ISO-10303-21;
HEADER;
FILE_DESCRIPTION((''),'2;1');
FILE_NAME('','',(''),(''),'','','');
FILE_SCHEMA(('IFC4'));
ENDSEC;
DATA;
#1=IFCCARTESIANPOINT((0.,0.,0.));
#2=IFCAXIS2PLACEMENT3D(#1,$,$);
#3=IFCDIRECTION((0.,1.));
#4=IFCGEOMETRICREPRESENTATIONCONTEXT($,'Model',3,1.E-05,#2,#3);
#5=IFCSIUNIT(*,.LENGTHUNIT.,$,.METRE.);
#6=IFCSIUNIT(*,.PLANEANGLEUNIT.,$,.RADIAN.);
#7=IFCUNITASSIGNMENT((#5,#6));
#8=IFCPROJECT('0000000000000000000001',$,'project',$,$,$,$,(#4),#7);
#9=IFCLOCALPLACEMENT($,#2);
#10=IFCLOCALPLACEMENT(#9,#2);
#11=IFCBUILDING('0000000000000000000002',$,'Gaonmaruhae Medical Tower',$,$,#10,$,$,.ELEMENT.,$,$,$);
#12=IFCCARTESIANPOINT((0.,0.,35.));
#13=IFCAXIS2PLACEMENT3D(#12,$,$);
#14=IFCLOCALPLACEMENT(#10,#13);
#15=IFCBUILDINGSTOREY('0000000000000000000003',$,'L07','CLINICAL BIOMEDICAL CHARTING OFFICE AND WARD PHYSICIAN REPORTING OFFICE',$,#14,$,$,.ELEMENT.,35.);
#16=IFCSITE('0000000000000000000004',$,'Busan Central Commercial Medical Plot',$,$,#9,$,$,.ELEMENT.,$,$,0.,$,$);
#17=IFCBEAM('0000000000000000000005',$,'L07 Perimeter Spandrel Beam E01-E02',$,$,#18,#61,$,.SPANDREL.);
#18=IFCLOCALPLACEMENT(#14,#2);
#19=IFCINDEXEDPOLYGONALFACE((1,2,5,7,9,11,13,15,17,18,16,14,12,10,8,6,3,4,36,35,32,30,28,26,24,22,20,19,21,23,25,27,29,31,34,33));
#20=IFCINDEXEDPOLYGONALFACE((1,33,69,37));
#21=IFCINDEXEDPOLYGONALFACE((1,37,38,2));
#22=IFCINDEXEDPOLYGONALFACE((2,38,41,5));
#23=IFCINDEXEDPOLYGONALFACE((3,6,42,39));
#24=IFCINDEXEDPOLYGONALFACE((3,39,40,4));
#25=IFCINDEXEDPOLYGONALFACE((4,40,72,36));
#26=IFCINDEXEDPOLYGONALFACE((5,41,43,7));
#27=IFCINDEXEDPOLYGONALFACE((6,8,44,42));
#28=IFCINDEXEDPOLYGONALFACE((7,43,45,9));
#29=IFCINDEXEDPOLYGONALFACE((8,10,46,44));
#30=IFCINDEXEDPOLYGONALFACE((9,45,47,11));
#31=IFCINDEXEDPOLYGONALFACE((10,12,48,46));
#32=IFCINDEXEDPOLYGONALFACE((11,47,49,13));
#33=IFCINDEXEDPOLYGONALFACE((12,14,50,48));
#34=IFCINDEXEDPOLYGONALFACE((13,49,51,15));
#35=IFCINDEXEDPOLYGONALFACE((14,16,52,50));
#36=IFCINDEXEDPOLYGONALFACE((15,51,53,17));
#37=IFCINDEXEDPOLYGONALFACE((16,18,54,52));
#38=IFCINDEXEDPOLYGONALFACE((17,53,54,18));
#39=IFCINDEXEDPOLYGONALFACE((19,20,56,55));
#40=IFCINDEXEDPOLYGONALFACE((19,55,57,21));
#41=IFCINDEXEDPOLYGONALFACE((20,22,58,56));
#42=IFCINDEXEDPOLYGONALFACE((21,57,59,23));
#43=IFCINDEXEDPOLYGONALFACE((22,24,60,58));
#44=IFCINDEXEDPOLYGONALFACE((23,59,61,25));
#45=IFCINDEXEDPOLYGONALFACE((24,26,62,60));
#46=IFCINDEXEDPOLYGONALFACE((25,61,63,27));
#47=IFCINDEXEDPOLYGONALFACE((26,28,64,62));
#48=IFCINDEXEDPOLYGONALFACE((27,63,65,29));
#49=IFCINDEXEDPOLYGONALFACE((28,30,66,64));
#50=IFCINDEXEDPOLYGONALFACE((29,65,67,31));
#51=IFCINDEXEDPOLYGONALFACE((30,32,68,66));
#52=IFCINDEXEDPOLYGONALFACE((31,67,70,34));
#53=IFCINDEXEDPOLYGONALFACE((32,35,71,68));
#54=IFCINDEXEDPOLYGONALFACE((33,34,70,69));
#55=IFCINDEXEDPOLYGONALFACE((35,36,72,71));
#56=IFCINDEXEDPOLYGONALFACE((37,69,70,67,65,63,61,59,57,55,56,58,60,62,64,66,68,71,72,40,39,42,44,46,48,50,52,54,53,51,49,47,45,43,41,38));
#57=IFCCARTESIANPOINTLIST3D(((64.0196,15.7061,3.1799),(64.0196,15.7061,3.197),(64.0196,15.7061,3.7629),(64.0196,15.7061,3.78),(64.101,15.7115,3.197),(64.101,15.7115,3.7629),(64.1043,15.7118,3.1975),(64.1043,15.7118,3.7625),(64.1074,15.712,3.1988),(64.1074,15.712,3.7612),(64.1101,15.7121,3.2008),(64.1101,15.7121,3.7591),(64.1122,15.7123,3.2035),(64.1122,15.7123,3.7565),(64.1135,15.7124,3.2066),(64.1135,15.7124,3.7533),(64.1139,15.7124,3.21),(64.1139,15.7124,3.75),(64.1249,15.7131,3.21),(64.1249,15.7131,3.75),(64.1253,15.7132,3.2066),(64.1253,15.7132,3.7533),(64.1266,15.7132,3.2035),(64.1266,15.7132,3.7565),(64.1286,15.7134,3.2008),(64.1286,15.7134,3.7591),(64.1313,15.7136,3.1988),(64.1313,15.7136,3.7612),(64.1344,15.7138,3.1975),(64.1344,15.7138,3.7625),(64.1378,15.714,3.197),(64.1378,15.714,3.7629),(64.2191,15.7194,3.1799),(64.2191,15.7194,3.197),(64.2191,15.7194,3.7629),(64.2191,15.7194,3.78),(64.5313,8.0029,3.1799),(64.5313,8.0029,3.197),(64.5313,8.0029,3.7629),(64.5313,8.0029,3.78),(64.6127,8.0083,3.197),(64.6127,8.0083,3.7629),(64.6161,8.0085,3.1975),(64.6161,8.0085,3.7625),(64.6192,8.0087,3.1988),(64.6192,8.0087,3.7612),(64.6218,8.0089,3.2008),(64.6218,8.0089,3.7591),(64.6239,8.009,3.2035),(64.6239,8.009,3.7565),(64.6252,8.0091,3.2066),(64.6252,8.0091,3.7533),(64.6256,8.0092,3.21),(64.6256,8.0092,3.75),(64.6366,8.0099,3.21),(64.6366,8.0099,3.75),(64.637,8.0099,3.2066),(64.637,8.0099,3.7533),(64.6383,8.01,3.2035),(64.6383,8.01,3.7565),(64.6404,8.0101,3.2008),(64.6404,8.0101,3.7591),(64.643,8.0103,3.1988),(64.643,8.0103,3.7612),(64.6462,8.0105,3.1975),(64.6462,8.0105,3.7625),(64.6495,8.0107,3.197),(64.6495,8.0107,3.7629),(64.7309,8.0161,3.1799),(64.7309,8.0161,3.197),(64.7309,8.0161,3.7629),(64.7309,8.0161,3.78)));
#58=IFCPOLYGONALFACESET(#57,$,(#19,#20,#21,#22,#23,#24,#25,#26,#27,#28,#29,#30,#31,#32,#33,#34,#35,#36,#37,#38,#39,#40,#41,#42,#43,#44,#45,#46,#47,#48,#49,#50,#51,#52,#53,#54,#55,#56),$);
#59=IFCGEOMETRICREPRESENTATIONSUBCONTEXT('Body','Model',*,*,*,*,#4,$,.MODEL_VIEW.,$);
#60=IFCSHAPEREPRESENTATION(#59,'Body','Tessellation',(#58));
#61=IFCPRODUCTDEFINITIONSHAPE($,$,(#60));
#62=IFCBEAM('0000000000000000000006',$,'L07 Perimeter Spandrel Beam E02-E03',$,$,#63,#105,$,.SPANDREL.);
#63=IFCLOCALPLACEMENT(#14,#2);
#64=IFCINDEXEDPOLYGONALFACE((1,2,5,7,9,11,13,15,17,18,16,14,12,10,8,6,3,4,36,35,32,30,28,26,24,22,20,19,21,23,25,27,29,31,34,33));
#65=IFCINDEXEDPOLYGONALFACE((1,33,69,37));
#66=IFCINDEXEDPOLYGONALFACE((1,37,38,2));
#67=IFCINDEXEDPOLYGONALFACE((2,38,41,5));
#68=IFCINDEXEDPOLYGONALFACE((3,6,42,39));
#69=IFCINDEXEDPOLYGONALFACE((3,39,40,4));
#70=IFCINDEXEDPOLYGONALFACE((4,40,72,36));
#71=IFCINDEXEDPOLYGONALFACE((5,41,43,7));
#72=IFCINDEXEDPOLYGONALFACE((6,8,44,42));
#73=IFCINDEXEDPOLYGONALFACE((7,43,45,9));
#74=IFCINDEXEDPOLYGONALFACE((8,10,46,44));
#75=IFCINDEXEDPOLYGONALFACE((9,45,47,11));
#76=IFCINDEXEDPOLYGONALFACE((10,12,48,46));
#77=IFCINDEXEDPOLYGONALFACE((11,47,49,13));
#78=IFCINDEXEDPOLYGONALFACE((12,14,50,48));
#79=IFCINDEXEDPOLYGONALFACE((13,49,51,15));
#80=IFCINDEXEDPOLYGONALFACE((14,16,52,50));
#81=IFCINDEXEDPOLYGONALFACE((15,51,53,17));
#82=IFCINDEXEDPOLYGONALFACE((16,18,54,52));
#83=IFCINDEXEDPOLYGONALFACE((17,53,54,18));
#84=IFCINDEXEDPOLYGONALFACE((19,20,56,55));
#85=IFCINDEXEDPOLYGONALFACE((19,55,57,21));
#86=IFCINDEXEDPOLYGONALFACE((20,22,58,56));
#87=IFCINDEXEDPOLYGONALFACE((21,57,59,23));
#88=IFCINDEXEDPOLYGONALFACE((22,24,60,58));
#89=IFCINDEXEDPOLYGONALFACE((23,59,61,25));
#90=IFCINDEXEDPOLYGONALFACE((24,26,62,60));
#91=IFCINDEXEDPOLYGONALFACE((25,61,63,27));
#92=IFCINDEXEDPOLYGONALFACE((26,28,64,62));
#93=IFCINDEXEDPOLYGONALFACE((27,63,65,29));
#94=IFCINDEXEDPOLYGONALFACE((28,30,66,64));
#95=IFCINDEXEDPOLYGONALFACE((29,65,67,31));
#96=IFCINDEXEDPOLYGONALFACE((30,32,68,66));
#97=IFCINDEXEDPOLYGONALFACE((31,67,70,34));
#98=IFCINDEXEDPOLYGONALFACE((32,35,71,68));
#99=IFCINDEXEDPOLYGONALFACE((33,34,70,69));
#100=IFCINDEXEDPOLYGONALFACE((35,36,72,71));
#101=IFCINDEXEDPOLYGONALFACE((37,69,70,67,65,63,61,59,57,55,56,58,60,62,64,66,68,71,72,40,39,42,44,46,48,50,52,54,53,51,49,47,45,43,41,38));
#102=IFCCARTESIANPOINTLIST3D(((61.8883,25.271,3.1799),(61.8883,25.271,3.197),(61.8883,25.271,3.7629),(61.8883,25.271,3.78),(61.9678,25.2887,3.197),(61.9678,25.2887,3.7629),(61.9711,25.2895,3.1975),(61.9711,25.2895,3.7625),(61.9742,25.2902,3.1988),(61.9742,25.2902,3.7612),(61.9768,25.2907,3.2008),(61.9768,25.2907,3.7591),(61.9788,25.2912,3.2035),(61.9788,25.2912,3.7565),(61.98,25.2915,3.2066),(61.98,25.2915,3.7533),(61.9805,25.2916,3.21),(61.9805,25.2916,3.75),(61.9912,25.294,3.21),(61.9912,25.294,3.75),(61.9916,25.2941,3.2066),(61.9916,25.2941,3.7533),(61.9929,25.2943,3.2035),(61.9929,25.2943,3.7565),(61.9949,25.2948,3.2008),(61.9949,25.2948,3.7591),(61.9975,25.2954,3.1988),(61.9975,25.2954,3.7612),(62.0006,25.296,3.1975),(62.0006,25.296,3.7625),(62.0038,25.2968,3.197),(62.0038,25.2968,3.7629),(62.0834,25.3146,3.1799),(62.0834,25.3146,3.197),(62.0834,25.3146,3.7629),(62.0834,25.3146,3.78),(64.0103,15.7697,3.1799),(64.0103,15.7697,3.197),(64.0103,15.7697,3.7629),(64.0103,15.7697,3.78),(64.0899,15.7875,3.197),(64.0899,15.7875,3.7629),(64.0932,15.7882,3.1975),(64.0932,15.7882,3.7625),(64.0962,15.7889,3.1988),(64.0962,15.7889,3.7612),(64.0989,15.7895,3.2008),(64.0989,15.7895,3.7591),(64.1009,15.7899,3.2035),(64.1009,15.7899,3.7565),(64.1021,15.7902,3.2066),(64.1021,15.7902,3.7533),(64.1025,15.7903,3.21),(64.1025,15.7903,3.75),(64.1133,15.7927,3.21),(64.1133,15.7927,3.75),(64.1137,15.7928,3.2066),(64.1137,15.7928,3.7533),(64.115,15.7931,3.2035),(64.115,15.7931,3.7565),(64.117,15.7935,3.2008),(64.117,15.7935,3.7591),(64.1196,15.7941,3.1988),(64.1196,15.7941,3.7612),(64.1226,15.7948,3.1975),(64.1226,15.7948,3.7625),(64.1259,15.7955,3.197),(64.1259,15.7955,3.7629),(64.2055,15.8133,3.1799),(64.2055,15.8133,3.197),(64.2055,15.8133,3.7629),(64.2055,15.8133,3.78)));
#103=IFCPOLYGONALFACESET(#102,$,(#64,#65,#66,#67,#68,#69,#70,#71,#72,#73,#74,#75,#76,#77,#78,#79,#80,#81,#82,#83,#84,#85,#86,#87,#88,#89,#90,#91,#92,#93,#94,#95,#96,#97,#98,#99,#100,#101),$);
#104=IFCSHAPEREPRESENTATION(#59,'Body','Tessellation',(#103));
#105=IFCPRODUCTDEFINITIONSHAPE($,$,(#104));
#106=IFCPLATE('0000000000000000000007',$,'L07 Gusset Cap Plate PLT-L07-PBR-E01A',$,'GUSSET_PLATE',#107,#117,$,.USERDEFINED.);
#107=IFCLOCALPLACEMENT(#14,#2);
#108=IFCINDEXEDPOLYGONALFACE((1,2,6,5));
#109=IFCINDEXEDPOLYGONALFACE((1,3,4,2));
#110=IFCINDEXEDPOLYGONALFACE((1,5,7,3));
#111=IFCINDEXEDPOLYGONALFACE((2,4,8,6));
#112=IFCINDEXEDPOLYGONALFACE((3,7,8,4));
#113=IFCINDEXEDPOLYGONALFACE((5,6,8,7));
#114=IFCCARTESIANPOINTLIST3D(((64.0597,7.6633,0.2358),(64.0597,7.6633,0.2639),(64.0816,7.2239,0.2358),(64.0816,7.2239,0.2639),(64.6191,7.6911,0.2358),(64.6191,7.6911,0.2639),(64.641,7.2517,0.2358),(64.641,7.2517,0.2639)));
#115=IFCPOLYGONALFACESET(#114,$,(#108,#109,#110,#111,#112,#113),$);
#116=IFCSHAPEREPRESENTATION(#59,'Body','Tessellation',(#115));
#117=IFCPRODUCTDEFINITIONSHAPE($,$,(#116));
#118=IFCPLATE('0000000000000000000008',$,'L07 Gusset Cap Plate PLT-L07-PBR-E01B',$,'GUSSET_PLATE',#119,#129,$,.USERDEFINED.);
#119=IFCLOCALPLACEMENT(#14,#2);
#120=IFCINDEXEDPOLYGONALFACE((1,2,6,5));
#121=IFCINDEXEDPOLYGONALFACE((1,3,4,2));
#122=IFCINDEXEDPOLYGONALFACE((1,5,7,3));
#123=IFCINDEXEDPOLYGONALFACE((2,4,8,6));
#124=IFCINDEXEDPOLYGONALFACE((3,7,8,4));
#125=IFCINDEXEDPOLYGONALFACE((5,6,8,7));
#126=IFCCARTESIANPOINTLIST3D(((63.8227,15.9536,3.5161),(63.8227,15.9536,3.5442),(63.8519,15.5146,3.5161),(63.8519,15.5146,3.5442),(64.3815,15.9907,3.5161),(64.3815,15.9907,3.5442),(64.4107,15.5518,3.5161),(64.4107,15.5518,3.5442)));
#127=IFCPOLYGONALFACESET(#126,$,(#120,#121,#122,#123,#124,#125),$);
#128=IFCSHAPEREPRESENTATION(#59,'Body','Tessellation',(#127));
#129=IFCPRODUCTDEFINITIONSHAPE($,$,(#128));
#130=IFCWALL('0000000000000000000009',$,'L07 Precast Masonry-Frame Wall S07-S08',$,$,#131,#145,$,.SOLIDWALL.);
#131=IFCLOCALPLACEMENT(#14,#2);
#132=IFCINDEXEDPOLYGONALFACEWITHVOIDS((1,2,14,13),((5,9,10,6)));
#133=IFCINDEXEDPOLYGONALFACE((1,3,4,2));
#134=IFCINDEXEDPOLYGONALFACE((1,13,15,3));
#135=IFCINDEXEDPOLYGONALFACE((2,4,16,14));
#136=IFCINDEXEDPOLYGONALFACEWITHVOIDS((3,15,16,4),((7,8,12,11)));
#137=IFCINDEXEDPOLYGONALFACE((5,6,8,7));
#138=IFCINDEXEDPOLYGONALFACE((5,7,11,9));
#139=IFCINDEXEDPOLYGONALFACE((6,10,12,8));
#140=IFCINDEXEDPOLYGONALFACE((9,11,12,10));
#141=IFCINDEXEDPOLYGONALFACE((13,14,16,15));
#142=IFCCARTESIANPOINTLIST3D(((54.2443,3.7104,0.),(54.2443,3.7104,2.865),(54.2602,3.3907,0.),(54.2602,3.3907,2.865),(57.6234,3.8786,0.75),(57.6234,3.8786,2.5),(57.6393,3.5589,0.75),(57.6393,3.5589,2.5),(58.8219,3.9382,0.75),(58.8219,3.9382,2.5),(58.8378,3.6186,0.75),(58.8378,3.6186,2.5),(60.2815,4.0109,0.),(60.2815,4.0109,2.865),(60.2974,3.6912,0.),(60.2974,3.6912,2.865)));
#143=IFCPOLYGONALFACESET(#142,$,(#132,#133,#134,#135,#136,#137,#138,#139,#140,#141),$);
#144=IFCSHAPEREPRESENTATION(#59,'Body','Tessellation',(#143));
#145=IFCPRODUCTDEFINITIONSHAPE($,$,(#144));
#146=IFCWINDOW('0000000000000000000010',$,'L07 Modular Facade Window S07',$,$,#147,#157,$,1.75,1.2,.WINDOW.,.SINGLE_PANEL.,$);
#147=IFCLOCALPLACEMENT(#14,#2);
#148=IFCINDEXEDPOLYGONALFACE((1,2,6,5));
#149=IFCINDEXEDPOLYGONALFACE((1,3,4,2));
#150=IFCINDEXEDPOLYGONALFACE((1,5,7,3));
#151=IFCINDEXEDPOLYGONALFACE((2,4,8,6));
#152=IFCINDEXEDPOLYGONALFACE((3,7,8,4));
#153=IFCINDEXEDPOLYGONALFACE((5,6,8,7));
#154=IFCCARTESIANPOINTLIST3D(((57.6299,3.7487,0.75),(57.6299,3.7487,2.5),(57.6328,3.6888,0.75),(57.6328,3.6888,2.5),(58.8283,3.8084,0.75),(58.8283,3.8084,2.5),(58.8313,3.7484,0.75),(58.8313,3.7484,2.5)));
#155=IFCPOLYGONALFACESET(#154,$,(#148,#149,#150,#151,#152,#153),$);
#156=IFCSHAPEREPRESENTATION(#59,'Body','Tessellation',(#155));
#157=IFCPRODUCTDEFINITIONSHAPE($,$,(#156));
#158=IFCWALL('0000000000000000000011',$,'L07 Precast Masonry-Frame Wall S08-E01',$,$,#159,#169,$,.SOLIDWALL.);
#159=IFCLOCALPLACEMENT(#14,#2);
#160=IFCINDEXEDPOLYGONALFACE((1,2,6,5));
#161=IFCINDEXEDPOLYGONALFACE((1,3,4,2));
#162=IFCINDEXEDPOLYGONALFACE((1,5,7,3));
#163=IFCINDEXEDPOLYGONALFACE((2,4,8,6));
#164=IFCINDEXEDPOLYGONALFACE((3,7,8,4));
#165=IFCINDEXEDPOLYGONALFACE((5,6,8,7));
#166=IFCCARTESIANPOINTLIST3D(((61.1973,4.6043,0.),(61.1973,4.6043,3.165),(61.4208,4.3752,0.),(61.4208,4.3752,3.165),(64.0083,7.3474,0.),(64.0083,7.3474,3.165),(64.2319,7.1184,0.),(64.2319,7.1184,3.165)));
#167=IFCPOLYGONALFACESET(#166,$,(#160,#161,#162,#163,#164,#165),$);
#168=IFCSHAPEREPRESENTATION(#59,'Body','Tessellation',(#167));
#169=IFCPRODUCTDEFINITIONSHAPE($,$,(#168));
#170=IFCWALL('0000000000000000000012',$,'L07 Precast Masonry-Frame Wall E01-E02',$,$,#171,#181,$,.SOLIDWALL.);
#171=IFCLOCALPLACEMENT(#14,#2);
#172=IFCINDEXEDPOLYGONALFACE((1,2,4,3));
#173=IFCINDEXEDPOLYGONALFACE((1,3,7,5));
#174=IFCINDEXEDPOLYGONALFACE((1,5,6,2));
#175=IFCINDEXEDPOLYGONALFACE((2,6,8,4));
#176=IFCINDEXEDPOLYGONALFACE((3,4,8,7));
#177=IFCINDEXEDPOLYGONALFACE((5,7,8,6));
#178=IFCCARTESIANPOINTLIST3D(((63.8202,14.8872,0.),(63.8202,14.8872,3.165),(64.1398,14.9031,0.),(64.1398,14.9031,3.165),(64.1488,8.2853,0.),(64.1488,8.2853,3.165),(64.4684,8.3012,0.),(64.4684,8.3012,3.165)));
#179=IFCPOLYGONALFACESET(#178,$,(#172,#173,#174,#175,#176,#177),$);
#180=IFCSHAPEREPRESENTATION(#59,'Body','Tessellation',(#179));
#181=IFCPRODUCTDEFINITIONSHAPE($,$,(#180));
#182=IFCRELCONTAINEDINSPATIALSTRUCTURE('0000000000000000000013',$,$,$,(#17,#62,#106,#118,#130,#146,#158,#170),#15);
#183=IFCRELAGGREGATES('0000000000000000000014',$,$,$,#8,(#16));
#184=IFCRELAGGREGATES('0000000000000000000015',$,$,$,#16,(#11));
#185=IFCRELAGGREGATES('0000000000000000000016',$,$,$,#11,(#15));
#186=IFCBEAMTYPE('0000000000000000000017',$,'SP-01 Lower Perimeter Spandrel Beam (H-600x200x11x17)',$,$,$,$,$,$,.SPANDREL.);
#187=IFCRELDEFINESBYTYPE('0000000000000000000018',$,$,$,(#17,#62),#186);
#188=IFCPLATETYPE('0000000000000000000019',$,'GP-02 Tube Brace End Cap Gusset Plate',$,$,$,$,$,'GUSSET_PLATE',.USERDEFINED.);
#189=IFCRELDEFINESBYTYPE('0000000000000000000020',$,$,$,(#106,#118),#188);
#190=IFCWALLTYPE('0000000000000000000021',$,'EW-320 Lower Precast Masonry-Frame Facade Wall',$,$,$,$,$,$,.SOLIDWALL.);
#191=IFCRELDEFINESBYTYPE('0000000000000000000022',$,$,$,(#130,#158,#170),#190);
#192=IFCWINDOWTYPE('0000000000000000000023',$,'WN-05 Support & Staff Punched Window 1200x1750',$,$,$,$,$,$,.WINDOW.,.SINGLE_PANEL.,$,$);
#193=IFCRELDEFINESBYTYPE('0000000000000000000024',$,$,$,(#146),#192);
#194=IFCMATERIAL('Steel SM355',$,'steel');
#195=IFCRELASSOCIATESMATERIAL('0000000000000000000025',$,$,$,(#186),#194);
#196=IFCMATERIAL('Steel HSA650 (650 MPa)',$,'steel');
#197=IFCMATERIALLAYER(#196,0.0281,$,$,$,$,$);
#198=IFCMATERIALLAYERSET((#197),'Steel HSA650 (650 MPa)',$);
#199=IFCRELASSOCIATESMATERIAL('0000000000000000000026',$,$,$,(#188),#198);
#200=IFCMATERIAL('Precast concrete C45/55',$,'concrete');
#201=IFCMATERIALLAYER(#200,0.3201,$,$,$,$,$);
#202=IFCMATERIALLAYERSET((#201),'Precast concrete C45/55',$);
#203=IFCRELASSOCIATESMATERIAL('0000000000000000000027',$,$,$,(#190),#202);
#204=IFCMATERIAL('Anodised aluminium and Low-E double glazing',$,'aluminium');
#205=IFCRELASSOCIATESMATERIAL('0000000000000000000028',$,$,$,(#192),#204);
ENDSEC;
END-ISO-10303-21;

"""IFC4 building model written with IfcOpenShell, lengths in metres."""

from ifc_helpers import new_model, si_unit, direction, frame, frame_2d, origin, origin_2d, place, context, subcontext, project, spatial, rectangle, i_section, extrude, material, layer, layer_set, material_profile, profile_set, type_object, element, fill, save


model = new_model("IFC4")

# Units and contexts
model_context = context("Model", 3, precision=1e-05, world=origin(), true_north=direction((0.0, 1.0)))
body_context = subcontext(model_context, "Body", "Model", "MODEL_VIEW")
ifc_project = project(units=[si_unit("LENGTHUNIT", "METRE"), si_unit("PLANEANGLEUNIT", "RADIAN")], contexts=[model_context])

# Site, building, storey
site_placement = place(None, origin())
site = spatial("IfcSite", under=ifc_project, at=site_placement, Name="Busan Central Commercial Medical Plot", CompositionType="ELEMENT", RefElevation=0.0)
building_placement = place(site_placement, origin())
building = spatial("IfcBuilding", under=site, at=building_placement, Name="Gaonmaruhae Medical Tower", CompositionType="ELEMENT")
storey_placement = place(building_placement, frame((0.0, 0.0, 35.0)))
storey = spatial("IfcBuildingStorey", under=building, at=storey_placement, Name="L07", Description="CLINICAL BIOMEDICAL CHARTING OFFICE AND WARD PHYSICIAN REPORTING OFFICE", CompositionType="ELEMENT", Elevation=35.0)

# Beams
ifc_material_1 = material(Name="Steel SM355", Category="steel")
ifc_material_profile_1 = material_profile(ifc_material_1, i_section(OverallWidth=0.2, OverallDepth=0.6001, WebThickness=0.011, FlangeThickness=0.0171, FilletRadius=0.0129, at=origin_2d()), Name="H-600x200x11x17")
ifc_profile_set_1 = profile_set([ifc_material_profile_1], Name="Steel SM355")
beam_type = type_object("IfcBeamType", Name="SP-01 Lower Perimeter Spandrel Beam (H-600x200x11x17)", PredefinedType="SPANDREL", material=ifc_profile_set_1)
beam_1_placement = place(storey_placement, frame((64.6311, 8.0095, 3.48), z_axis=(-0.066284, 0.997801, 0.0), x_axis=(-0.997801, -0.066284, 0.0)))
element("IfcBeam", 1, at=beam_1_placement, inside=storey, type_object=beam_type, Name="L07 Perimeter Spandrel Beam E01-E02", PredefinedType="SPANDREL", context=body_context, shape_type="SweptSolid", body=[
    extrude(i_section(OverallWidth=0.2, OverallDepth=0.6001, WebThickness=0.011, FlangeThickness=0.0171, FilletRadius=0.0129, at=origin_2d()), origin(), (0.0, 0.0, 1.0), 7.7202),
])
beam_2_placement = place(storey_placement, frame((64.1079, 15.7915, 3.48), z_axis=(-0.217977, 0.975954, 0.0), x_axis=(-0.975954, -0.217977, 0.0)))
element("IfcBeam", 2, at=beam_2_placement, inside=storey, type_object=beam_type, Name="L07 Perimeter Spandrel Beam E02-E03", PredefinedType="SPANDREL", context=body_context, shape_type="SweptSolid", body=[
    extrude(i_section(OverallWidth=0.2, OverallDepth=0.6001, WebThickness=0.011, FlangeThickness=0.0171, FilletRadius=0.0129, at=origin_2d()), origin(), (0.0, 0.0, 1.0), 9.7354),
])

# Plates
ifc_material_2 = material(Name="Steel HSA650 (650 MPa)", Category="steel")
ifc_layer_1 = layer(ifc_material_2, 0.0281)
ifc_layer_set_1 = layer_set([ifc_layer_1], Name="Steel HSA650 (650 MPa)")
plate_type = type_object("IfcPlateType", Name="GP-02 Tube Brace End Cap Gusset Plate", ElementType="GUSSET_PLATE", PredefinedType="USERDEFINED", material=ifc_layer_set_1)
for number, where, z_axis, x_axis, name in (
    (3, (64.3503, 7.4575, 0.2358), (0.0, 0.0, 1.0), (0.998763, 0.049721, 0.0), "L07 Gusset Cap Plate PLT-L07-PBR-E01A"),
    (4, (64.1167, 15.7527, 3.5161), (0.0, 0.0, 1.0), (0.997801, 0.066274, 0.0), "L07 Gusset Cap Plate PLT-L07-PBR-E01B"),
):
    element("IfcPlate", number, at=place(storey_placement, frame(where, z_axis=z_axis, x_axis=x_axis)), inside=storey, type_object=plate_type, Name=name, ObjectType="GUSSET_PLATE", PredefinedType="USERDEFINED", context=body_context, shape_type="SweptSolid", body=[
        extrude(rectangle(XDim=0.5601, YDim=0.4399, at=origin_2d()), origin(), (0.0, 0.0, 1.0), 0.0281),
    ])

# Wall, opening, window
ifc_material_3 = material(Name="Precast concrete C45/55", Category="concrete")
ifc_layer_2 = layer(ifc_material_3, 0.3201)
ifc_layer_set_2 = layer_set([ifc_layer_2], Name="Precast concrete C45/55")
wall_type_1 = type_object("IfcWallType", Name="EW-320 Lower Precast Masonry-Frame Facade Wall", PredefinedType="SOLIDWALL", material=ifc_layer_set_2)
wall_1_placement = place(storey_placement, frame((60.2896, 3.8511, 0.0), z_axis=(0.0, 0.0, 1.0), x_axis=(-0.998763, -0.04972, 0.0)))
wall_1 = element("IfcWall", 5, at=wall_1_placement, inside=storey, type_object=wall_type_1, Name="L07 Precast Masonry-Frame Wall S07-S08", PredefinedType="SOLIDWALL", context=body_context, shape_type="SweptSolid", body=[
    extrude(rectangle(XDim=6.0447, YDim=0.3201, at=frame_2d((3.0225, 0.0))), origin(), (0.0, 0.0, 1.0), 2.865),
])
opening_placement = place(wall_1_placement, frame((1.4614, 0.0, 0.75)))
opening = element("IfcOpeningElement", 6, at=opening_placement, cuts=wall_1, PredefinedType="OPENING", context=body_context, shape_type="SweptSolid", body=[
    extrude(rectangle(XDim=1.2, YDim=1.75, at=frame_2d((0.6001, 0.875))), frame((0.0, 0.1699, 0.0), z_axis=(0.0, -1.0, 0.0), x_axis=(1.0, 0.0, 0.0)), (0.0, 0.0, 1.0), 0.3401),
])
ifc_material_4 = material(Name="Anodised aluminium and Low-E double glazing", Category="aluminium")
window_type = type_object("IfcWindowType", Name="WN-05 Support & Staff Punched Window 1200x1750", PartitioningType="SINGLE_PANEL", PredefinedType="WINDOW", material=ifc_material_4)
window_placement = place(opening_placement, origin())
window = element("IfcWindow", 7, at=window_placement, inside=storey, type_object=window_type, Name="L07 Modular Facade Window S07", OverallHeight=1.75, OverallWidth=1.2, PartitioningType="SINGLE_PANEL", PredefinedType="WINDOW", context=body_context, shape_type="SweptSolid", body=[
    extrude(rectangle(XDim=1.2, YDim=1.75, at=frame_2d((0.6001, 0.875))), frame((0.0, 0.03, 0.0), z_axis=(0.0, -1.0, 0.0), x_axis=(1.0, 0.0, 0.0)), (0.0, 0.0, 1.0), 0.0601),
])
fill(opening, window)

# Walls
wall_2_placement = place(storey_placement, frame((64.1201, 7.2329, 0.0), z_axis=(0.0, 0.0, 1.0), x_axis=(-0.715694, -0.698414, 0.0)))
element("IfcWall", 8, at=wall_2_placement, inside=storey, type_object=wall_type_1, Name="L07 Precast Masonry-Frame Wall S08-E01", PredefinedType="SOLIDWALL", context=body_context, shape_type="SweptSolid", body=[
    extrude(rectangle(XDim=3.9277, YDim=0.3201, at=frame_2d((1.9639, 0.0))), origin(), (0.0, 0.0, 1.0), 3.165),
])
wall_3_placement = place(storey_placement, frame((63.98, 14.8953, 0.0), z_axis=(0.0, 0.0, 1.0), x_axis=(0.049713, -0.998764, 0.0)))
element("IfcWall", 9, at=wall_3_placement, inside=storey, type_object=wall_type_1, Name="L07 Precast Masonry-Frame Wall E01-E02", PredefinedType="SOLIDWALL", context=body_context, shape_type="SweptSolid", body=[
    extrude(rectangle(XDim=6.6101, YDim=0.3201, at=frame_2d((3.3052, 0.0))), origin(), (0.0, 0.0, 1.0), 3.165),
])

save(model, "model.ifc")
